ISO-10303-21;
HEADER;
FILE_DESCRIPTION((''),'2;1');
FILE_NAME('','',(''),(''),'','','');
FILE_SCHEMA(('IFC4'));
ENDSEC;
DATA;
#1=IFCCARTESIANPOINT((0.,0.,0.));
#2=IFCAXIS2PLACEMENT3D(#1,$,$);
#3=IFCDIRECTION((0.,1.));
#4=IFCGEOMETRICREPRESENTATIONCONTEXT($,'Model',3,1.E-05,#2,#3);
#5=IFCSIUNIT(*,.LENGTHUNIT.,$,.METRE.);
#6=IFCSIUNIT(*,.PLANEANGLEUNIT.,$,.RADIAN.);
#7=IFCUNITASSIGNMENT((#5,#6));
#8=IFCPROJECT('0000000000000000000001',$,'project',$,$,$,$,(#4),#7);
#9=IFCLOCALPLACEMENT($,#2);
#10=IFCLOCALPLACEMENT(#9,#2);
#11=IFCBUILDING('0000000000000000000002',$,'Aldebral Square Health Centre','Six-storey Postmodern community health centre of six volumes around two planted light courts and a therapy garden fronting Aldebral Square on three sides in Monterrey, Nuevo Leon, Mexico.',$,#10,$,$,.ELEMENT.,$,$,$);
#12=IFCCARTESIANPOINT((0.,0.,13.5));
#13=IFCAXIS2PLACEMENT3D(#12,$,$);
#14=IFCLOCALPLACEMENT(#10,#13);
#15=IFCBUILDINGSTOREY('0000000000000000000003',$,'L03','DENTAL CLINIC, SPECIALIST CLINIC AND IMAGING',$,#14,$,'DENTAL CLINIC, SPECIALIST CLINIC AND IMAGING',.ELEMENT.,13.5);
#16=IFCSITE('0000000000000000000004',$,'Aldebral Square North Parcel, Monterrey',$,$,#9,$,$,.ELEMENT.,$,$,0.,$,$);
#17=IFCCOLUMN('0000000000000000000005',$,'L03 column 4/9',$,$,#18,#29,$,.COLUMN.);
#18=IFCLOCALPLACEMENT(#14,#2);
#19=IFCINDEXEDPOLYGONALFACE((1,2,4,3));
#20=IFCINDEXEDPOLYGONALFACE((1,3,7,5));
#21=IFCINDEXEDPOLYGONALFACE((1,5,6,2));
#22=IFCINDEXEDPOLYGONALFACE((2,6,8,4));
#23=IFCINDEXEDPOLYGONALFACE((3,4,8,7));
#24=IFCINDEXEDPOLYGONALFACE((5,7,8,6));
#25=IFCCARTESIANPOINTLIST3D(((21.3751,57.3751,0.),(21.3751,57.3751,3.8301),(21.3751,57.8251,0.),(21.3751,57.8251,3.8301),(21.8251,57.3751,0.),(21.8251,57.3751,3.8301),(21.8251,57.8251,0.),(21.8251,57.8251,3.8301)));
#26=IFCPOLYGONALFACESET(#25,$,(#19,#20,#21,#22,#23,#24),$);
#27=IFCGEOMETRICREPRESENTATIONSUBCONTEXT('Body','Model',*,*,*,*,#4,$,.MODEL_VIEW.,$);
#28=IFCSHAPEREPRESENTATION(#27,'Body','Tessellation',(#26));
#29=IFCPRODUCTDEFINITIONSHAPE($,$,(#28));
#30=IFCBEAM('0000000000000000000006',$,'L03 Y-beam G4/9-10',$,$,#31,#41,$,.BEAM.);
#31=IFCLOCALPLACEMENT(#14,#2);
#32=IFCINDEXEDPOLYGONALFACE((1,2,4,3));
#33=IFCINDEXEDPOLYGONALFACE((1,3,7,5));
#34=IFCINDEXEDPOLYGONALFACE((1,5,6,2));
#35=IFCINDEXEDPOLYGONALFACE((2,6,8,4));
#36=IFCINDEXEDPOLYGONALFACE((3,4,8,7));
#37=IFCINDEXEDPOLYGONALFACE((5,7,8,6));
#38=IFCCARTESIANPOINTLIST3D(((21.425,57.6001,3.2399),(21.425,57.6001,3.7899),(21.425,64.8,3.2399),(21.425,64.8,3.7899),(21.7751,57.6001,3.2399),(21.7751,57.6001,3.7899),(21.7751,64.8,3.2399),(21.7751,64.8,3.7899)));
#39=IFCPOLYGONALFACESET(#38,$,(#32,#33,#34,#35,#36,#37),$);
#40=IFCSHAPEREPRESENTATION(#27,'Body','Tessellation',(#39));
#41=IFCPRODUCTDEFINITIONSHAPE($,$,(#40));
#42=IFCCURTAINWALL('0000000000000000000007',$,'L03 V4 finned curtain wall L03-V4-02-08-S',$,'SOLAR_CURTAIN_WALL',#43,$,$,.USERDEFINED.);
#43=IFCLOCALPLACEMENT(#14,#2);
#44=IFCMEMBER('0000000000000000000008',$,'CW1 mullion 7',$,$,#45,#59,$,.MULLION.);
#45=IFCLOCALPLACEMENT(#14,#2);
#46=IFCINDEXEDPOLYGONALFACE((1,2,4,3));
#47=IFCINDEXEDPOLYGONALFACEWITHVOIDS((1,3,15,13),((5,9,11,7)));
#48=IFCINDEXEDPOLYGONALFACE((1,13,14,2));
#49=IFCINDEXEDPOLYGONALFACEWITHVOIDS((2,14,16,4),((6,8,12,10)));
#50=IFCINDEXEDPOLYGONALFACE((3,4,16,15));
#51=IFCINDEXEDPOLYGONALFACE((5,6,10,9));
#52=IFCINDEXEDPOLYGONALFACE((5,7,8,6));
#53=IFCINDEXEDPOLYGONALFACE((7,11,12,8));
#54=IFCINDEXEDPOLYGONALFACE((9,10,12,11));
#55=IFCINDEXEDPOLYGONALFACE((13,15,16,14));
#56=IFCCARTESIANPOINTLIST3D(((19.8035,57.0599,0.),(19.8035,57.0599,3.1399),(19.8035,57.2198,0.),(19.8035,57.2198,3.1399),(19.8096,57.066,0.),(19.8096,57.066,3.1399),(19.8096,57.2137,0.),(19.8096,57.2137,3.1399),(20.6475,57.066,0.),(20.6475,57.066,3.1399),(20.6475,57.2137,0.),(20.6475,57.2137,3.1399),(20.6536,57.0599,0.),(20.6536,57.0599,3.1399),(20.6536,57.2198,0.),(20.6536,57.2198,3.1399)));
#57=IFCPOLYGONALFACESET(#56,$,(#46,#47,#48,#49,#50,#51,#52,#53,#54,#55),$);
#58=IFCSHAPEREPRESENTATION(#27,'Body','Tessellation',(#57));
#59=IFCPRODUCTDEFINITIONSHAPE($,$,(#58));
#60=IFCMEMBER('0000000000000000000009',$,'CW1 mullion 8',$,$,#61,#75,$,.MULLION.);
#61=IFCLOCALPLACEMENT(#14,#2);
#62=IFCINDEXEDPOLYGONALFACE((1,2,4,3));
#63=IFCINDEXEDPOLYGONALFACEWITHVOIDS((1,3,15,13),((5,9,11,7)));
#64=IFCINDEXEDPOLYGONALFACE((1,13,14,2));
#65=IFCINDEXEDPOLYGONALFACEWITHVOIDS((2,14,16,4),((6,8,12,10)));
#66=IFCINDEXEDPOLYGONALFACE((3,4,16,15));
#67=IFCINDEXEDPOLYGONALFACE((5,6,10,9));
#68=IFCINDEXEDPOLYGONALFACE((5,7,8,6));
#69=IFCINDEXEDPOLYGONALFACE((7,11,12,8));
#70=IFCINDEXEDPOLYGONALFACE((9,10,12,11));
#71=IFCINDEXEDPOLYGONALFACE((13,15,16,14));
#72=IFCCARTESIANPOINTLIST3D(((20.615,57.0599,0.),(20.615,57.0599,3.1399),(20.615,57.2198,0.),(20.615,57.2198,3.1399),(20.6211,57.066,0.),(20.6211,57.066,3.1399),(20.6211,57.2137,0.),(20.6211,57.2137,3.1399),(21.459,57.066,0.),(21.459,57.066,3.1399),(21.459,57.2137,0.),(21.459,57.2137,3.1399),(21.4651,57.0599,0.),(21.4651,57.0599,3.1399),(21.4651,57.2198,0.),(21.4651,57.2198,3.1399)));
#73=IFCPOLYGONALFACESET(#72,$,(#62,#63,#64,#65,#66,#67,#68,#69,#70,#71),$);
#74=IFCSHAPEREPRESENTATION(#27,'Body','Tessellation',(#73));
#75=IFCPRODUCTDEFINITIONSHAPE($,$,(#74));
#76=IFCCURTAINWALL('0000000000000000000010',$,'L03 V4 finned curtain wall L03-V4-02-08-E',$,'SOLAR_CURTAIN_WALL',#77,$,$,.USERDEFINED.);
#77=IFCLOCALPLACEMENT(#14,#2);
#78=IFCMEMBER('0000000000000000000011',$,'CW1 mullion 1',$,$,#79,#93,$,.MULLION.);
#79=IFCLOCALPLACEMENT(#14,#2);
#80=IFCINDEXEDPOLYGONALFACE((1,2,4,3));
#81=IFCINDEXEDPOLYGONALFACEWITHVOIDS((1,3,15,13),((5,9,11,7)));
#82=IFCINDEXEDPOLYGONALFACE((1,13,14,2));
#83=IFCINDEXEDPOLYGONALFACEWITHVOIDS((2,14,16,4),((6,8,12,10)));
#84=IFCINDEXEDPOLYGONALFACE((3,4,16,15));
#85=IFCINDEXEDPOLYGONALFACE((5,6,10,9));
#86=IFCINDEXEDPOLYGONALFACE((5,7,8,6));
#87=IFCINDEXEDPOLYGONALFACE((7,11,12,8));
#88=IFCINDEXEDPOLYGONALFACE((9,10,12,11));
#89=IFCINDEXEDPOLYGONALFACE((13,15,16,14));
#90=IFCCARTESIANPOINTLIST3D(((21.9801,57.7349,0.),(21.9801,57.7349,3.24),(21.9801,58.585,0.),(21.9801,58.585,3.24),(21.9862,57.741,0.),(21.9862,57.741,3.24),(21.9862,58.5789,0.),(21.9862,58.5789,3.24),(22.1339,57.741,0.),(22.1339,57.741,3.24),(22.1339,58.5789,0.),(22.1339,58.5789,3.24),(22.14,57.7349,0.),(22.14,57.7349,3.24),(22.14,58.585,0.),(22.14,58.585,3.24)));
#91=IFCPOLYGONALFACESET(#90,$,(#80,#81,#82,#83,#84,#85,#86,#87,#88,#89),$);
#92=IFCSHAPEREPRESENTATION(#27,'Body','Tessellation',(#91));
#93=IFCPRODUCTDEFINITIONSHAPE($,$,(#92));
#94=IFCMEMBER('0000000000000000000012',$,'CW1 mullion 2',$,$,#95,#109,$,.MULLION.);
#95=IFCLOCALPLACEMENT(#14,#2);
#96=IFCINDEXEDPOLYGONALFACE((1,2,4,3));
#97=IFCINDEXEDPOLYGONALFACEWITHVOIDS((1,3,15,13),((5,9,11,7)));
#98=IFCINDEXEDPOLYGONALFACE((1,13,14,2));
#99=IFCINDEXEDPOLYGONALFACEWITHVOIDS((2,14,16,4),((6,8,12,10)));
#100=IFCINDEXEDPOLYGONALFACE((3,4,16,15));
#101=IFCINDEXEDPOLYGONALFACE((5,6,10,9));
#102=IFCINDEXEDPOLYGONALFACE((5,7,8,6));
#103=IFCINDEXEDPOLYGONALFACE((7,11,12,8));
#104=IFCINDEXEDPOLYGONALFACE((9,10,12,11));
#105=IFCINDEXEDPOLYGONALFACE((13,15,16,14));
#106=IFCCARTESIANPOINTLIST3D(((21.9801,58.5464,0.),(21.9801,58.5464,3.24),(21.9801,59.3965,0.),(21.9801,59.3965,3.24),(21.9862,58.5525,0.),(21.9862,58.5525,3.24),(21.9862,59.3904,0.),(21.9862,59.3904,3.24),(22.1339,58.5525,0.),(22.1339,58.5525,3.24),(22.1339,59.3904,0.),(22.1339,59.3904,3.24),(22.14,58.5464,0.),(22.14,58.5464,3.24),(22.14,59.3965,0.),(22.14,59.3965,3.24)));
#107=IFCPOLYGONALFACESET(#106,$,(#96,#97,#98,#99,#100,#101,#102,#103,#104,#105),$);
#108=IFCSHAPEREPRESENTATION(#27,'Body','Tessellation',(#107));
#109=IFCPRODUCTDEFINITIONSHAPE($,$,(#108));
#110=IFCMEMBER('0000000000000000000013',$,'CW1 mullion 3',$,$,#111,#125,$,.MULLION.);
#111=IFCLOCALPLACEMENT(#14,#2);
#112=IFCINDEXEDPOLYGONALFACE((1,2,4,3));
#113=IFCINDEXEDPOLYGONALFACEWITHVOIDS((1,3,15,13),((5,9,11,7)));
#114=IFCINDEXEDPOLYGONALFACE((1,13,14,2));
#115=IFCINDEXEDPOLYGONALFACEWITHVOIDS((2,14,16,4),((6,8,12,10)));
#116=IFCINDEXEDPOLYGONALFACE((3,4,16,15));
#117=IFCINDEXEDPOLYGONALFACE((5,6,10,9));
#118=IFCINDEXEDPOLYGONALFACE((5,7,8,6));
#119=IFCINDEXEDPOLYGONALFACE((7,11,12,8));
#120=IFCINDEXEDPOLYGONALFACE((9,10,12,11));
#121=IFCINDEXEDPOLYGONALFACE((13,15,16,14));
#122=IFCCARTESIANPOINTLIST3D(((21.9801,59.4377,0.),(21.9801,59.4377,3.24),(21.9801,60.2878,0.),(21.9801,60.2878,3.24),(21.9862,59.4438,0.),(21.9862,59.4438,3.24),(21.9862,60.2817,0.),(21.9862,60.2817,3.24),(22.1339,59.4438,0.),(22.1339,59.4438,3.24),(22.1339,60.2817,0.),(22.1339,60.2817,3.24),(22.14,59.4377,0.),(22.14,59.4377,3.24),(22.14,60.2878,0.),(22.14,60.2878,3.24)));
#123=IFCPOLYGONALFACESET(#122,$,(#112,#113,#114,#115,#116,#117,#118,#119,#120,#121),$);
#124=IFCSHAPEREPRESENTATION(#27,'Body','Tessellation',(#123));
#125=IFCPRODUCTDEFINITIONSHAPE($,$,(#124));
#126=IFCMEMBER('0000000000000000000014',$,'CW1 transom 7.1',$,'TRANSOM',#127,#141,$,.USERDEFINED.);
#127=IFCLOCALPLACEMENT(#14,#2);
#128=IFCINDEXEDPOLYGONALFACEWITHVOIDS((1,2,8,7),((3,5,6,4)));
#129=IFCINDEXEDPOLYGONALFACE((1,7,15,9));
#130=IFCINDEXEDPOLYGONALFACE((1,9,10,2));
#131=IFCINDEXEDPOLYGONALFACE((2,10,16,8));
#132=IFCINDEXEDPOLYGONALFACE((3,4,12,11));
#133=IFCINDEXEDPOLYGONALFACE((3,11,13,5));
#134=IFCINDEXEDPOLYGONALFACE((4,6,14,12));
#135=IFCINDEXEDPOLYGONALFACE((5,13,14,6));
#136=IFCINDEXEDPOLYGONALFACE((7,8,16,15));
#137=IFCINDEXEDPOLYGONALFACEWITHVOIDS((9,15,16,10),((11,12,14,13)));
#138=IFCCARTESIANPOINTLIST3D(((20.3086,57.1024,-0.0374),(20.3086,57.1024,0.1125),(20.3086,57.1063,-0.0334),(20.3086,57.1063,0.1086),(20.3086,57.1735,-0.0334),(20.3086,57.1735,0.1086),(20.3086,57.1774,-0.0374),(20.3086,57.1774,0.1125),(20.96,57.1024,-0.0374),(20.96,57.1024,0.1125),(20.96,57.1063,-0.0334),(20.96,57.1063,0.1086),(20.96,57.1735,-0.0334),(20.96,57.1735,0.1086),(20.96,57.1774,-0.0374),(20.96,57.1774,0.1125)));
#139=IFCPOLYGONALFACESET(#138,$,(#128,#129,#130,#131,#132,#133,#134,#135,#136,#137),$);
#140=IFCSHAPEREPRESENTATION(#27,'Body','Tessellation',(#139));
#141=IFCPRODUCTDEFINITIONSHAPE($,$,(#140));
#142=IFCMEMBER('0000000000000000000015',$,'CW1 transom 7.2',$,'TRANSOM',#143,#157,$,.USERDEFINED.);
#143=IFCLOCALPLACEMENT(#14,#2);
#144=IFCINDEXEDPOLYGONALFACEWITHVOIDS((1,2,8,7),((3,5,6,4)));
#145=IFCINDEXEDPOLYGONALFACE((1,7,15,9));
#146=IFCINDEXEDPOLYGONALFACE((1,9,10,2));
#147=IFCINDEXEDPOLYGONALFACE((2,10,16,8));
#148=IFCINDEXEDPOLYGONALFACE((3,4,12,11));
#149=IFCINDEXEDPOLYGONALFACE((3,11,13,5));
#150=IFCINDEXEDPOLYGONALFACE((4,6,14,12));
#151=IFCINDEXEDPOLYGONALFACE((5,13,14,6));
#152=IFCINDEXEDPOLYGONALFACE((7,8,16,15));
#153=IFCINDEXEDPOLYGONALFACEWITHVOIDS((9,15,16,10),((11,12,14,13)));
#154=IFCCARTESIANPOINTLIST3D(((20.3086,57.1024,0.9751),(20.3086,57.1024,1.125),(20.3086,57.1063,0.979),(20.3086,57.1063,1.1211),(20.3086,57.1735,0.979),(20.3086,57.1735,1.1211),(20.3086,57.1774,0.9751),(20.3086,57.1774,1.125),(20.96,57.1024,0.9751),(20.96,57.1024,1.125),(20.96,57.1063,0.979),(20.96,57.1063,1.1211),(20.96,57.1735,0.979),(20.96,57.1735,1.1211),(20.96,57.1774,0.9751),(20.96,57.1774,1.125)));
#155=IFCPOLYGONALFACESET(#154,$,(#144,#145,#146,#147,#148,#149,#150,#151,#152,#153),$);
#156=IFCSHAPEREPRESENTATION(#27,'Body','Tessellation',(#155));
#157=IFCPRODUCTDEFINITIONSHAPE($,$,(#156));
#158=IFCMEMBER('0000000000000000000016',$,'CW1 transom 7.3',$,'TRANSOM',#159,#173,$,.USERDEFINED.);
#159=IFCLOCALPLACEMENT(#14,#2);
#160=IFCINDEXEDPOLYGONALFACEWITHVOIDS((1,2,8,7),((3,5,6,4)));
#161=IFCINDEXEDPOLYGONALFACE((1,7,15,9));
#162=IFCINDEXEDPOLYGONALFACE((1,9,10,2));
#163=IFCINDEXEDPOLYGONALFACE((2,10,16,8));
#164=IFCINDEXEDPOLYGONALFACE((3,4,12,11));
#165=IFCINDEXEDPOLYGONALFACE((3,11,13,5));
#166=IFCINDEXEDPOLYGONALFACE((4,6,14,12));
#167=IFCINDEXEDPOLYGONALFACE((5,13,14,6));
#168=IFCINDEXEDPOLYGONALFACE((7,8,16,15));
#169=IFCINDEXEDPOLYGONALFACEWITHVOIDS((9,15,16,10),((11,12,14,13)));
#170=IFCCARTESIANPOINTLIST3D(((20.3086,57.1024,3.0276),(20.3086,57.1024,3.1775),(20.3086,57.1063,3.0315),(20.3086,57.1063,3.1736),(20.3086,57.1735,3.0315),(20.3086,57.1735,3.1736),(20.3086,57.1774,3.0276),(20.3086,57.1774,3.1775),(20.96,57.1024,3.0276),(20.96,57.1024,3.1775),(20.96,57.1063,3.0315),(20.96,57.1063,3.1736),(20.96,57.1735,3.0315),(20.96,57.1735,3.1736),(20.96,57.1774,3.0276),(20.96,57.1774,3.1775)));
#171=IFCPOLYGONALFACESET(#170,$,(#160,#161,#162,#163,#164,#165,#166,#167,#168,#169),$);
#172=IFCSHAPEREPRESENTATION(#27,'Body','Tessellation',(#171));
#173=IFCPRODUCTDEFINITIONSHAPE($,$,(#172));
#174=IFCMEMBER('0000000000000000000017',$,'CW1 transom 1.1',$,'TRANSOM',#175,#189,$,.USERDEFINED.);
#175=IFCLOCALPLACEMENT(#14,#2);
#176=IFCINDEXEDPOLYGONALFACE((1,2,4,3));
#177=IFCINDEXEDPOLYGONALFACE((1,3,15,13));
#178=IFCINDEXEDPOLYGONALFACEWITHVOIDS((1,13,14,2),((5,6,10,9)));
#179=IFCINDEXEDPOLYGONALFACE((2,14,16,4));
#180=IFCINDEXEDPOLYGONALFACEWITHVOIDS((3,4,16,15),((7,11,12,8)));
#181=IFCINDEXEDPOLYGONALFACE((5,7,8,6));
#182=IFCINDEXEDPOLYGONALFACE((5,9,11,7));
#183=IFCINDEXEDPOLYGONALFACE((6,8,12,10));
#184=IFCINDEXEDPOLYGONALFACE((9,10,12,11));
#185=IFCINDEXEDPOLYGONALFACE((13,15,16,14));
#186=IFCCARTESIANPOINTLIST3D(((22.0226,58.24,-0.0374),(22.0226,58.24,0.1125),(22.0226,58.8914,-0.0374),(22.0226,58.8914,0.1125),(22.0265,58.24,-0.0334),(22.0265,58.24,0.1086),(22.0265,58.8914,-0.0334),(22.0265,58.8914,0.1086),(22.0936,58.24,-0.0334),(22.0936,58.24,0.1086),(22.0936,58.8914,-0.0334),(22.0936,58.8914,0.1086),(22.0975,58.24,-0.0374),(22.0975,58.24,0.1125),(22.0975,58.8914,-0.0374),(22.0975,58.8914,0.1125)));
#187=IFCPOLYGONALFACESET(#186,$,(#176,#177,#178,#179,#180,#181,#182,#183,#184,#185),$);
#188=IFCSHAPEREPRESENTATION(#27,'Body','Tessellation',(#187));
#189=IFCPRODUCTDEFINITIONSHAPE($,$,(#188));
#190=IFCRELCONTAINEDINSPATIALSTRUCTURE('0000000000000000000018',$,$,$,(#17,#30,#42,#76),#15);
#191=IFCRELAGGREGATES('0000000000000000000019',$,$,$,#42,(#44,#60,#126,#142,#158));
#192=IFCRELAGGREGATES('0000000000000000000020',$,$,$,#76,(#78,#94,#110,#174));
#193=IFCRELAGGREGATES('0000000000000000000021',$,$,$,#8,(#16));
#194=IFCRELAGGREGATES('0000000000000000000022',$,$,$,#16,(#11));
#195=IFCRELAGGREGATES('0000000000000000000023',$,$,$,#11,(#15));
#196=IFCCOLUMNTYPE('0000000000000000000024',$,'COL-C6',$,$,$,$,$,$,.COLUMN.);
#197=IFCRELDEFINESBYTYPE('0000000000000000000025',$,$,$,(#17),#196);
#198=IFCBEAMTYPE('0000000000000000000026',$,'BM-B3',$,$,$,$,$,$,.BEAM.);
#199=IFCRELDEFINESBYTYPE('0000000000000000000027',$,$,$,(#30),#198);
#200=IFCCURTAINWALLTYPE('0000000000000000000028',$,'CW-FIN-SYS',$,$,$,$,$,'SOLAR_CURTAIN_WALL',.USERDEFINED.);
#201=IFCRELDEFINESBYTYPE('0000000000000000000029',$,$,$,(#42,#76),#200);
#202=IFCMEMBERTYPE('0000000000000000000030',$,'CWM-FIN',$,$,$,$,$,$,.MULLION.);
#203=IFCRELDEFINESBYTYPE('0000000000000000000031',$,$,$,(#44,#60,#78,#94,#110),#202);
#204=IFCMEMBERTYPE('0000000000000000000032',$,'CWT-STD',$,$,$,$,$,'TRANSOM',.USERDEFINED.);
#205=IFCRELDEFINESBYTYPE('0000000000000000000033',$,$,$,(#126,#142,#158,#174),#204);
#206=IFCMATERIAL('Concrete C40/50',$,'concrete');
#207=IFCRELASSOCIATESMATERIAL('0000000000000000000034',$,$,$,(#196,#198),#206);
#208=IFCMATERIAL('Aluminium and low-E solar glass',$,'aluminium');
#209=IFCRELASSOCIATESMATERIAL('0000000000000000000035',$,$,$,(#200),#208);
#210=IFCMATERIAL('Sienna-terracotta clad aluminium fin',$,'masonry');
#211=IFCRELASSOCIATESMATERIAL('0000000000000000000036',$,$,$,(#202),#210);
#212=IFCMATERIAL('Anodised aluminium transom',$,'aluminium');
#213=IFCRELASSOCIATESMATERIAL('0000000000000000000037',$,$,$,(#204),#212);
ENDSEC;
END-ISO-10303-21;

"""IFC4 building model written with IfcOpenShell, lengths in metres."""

from ifc_helpers import new_model, si_unit, direction, frame, origin, origin_2d, place, context, subcontext, project, spatial, rectangle, hollow_rectangle, extrude, material, material_profile, profile_set, type_object, element, aggregate, save


model = new_model("IFC4")

# Units and contexts
model_context = context("Model", 3, precision=1e-05, world=origin(), true_north=direction((0.0, 1.0)))
body_context = subcontext(model_context, "Body", "Model", "MODEL_VIEW")
ifc_project = project(units=[si_unit("LENGTHUNIT", "METRE"), si_unit("PLANEANGLEUNIT", "RADIAN")], contexts=[model_context])

# Site, building, storey
site_placement = place(None, origin())
site = spatial("IfcSite", under=ifc_project, at=site_placement, Name="Aldebral Square North Parcel, Monterrey", CompositionType="ELEMENT", RefElevation=0.0)
building_placement = place(site_placement, origin())
building = spatial("IfcBuilding", under=site, at=building_placement, Name="Aldebral Square Health Centre", Description="Six-storey Postmodern community health centre of six volumes around two planted light courts and a therapy garden fronting Aldebral Square on three sides in Monterrey, Nuevo Leon, Mexico.", CompositionType="ELEMENT")
storey_placement = place(building_placement, frame((0.0, 0.0, 13.5)))
storey = spatial("IfcBuildingStorey", under=building, at=storey_placement, Name="L03", Description="DENTAL CLINIC, SPECIALIST CLINIC AND IMAGING", LongName="DENTAL CLINIC, SPECIALIST CLINIC AND IMAGING", CompositionType="ELEMENT", Elevation=13.5)

# Column
ifc_material_1 = material(Name="Concrete C40/50", Category="concrete")
ifc_material_profile_1 = material_profile(ifc_material_1, rectangle(XDim=0.45, YDim=0.45, at=origin_2d()), Name="RC 450x450")
ifc_profile_set_1 = profile_set([ifc_material_profile_1], Name="Concrete C40/50")
column_type = type_object("IfcColumnType", Name="COL-C6", PredefinedType="COLUMN", material=ifc_profile_set_1)
column_placement = place(storey_placement, frame((21.6001, 57.6001, 0.0), z_axis=(0.0, 0.0, 1.0), x_axis=(1.0, 0.0, 0.0)))
element("IfcColumn", 1, at=column_placement, inside=storey, type_object=column_type, Name="L03 column 4/9", PredefinedType="COLUMN", context=body_context, shape_type="SweptSolid", body=[
    extrude(rectangle(XDim=0.45, YDim=0.45, at=origin_2d()), origin(), (0.0, 0.0, 1.0), 3.8301),
])

# Beam
ifc_material_profile_2 = material_profile(ifc_material_1, rectangle(XDim=0.3501, YDim=0.55, at=origin_2d()), Name="RC 350x550")
ifc_profile_set_2 = profile_set([ifc_material_profile_2], Name="Concrete C40/50")
beam_type = type_object("IfcBeamType", Name="BM-B3", PredefinedType="BEAM", material=ifc_profile_set_2)
beam_placement = place(storey_placement, frame((21.6001, 57.6001, 3.5149), z_axis=(0.0, 1.0, 0.0), x_axis=(-1.0, 0.0, 0.0)))
element("IfcBeam", 2, at=beam_placement, inside=storey, type_object=beam_type, Name="L03 Y-beam G4/9-10", PredefinedType="BEAM", context=body_context, shape_type="SweptSolid", body=[
    extrude(rectangle(XDim=0.3501, YDim=0.55, at=origin_2d()), origin(), (0.0, 0.0, 1.0), 7.2),
])

# Curtain walls, members
ifc_material_2 = material(Name="Aluminium and low-E solar glass", Category="aluminium")
curtain_wall_type = type_object("IfcCurtainWallType", Name="CW-FIN-SYS", ElementType="SOLAR_CURTAIN_WALL", PredefinedType="USERDEFINED", material=ifc_material_2)
curtain_wall_1_placement = place(storey_placement, origin())
curtain_wall_1 = element("IfcCurtainWall", 3, at=curtain_wall_1_placement, inside=storey, type_object=curtain_wall_type, Name="L03 V4 finned curtain wall L03-V4-02-08-S", ObjectType="SOLAR_CURTAIN_WALL", PredefinedType="USERDEFINED")
ifc_material_3 = material(Name="Sienna-terracotta clad aluminium fin", Category="masonry")
ifc_material_profile_3 = material_profile(ifc_material_3, hollow_rectangle(XDim=0.1599, YDim=0.8501, WallThickness=0.0061, at=origin_2d()), Name="FIN 160x850x6")
ifc_profile_set_3 = profile_set([ifc_material_profile_3], Name="Sienna-terracotta clad aluminium fin")
member_type_1 = type_object("IfcMemberType", Name="CWM-FIN", PredefinedType="MULLION", material=ifc_profile_set_3)
member_1_placement = place(storey_placement, frame((20.2285, 57.1399, 0.0), z_axis=(0.0, 0.0, 1.0), x_axis=(0.0, 1.0, 0.0)))
member_1 = element("IfcMember", 4, at=member_1_placement, type_object=member_type_1, Name="CW1 mullion 7", PredefinedType="MULLION", context=body_context, shape_type="SweptSolid", body=[
    extrude(hollow_rectangle(XDim=0.1599, YDim=0.8501, WallThickness=0.0061, at=origin_2d()), origin(), (0.0, 0.0, 1.0), 3.1399),
])
member_2_placement = place(storey_placement, frame((21.04, 57.1399, 0.0), z_axis=(0.0, 0.0, 1.0), x_axis=(0.0, 1.0, 0.0)))
member_2 = element("IfcMember", 5, at=member_2_placement, type_object=member_type_1, Name="CW1 mullion 8", PredefinedType="MULLION", context=body_context, shape_type="SweptSolid", body=[
    extrude(hollow_rectangle(XDim=0.1599, YDim=0.8501, WallThickness=0.0061, at=origin_2d()), origin(), (0.0, 0.0, 1.0), 3.1399),
])
curtain_wall_2_placement = place(storey_placement, origin())
curtain_wall_2 = element("IfcCurtainWall", 6, at=curtain_wall_2_placement, inside=storey, type_object=curtain_wall_type, Name="L03 V4 finned curtain wall L03-V4-02-08-E", ObjectType="SOLAR_CURTAIN_WALL", PredefinedType="USERDEFINED")
member_3_placement = place(storey_placement, frame((22.0601, 58.1599, 0.0), z_axis=(0.0, 0.0, 1.0), x_axis=(-1.0, 0.0, 0.0)))
member_3 = element("IfcMember", 7, at=member_3_placement, type_object=member_type_1, Name="CW1 mullion 1", PredefinedType="MULLION", context=body_context, shape_type="SweptSolid", body=[
    extrude(hollow_rectangle(XDim=0.1599, YDim=0.8501, WallThickness=0.0061, at=origin_2d()), origin(), (0.0, 0.0, 1.0), 3.24),
])
member_4_placement = place(storey_placement, frame((22.0601, 58.9714, 0.0), z_axis=(0.0, 0.0, 1.0), x_axis=(-1.0, 0.0, 0.0)))
member_4 = element("IfcMember", 8, at=member_4_placement, type_object=member_type_1, Name="CW1 mullion 2", PredefinedType="MULLION", context=body_context, shape_type="SweptSolid", body=[
    extrude(hollow_rectangle(XDim=0.1599, YDim=0.8501, WallThickness=0.0061, at=origin_2d()), origin(), (0.0, 0.0, 1.0), 3.24),
])
member_5_placement = place(storey_placement, frame((22.0601, 59.8628, 0.0), z_axis=(0.0, 0.0, 1.0), x_axis=(-1.0, 0.0, 0.0)))
member_5 = element("IfcMember", 9, at=member_5_placement, type_object=member_type_1, Name="CW1 mullion 3", PredefinedType="MULLION", context=body_context, shape_type="SweptSolid", body=[
    extrude(hollow_rectangle(XDim=0.1599, YDim=0.8501, WallThickness=0.0061, at=origin_2d()), origin(), (0.0, 0.0, 1.0), 3.24),
])

# Members
ifc_material_4 = material(Name="Anodised aluminium transom", Category="aluminium")
ifc_material_profile_4 = material_profile(ifc_material_4, hollow_rectangle(XDim=0.075, YDim=0.1499, WallThickness=0.0039, at=origin_2d()), Name="CWT 75x150x4")
ifc_profile_set_4 = profile_set([ifc_material_profile_4], Name="Anodised aluminium transom")
member_type_2 = type_object("IfcMemberType", Name="CWT-STD", ElementType="TRANSOM", PredefinedType="USERDEFINED", material=ifc_profile_set_4)
member_6_placement = place(storey_placement, frame((20.3086, 57.1399, 0.0376), z_axis=(1.0, 0.0, 0.0), x_axis=(0.0, 1.0, 0.0)))
member_6 = element("IfcMember", 10, at=member_6_placement, type_object=member_type_2, Name="CW1 transom 7.1", ObjectType="TRANSOM", PredefinedType="USERDEFINED", context=body_context, shape_type="SweptSolid", body=[
    extrude(hollow_rectangle(XDim=0.075, YDim=0.1499, WallThickness=0.0039, at=origin_2d()), origin(), (0.0, 0.0, 1.0), 0.6514),
])
member_7_placement = place(storey_placement, frame((20.3086, 57.1399, 1.05), z_axis=(1.0, 0.0, 0.0), x_axis=(0.0, 1.0, 0.0)))
member_7 = element("IfcMember", 11, at=member_7_placement, type_object=member_type_2, Name="CW1 transom 7.2", ObjectType="TRANSOM", PredefinedType="USERDEFINED", context=body_context, shape_type="SweptSolid", body=[
    extrude(hollow_rectangle(XDim=0.075, YDim=0.1499, WallThickness=0.0039, at=origin_2d()), origin(), (0.0, 0.0, 1.0), 0.6514),
])
member_8_placement = place(storey_placement, frame((20.3086, 57.1399, 3.1025), z_axis=(1.0, 0.0, 0.0), x_axis=(0.0, 1.0, 0.0)))
member_8 = element("IfcMember", 12, at=member_8_placement, type_object=member_type_2, Name="CW1 transom 7.3", ObjectType="TRANSOM", PredefinedType="USERDEFINED", context=body_context, shape_type="SweptSolid", body=[
    extrude(hollow_rectangle(XDim=0.075, YDim=0.1499, WallThickness=0.0039, at=origin_2d()), origin(), (0.0, 0.0, 1.0), 0.6514),
])
member_9_placement = place(storey_placement, frame((22.0601, 58.24, 0.0376), z_axis=(0.0, 1.0, 0.0), x_axis=(-1.0, 0.0, 0.0)))
member_9 = element("IfcMember", 13, at=member_9_placement, type_object=member_type_2, Name="CW1 transom 1.1", ObjectType="TRANSOM", PredefinedType="USERDEFINED", context=body_context, shape_type="SweptSolid", body=[
    extrude(hollow_rectangle(XDim=0.075, YDim=0.1499, WallThickness=0.0039, at=origin_2d()), origin(), (0.0, 0.0, 1.0), 0.6514),
])

aggregate(curtain_wall_1, [member_1, member_2, member_6, member_7, member_8])
aggregate(curtain_wall_2, [member_3, member_4, member_5, member_9])

save(model, "model.ifc")
